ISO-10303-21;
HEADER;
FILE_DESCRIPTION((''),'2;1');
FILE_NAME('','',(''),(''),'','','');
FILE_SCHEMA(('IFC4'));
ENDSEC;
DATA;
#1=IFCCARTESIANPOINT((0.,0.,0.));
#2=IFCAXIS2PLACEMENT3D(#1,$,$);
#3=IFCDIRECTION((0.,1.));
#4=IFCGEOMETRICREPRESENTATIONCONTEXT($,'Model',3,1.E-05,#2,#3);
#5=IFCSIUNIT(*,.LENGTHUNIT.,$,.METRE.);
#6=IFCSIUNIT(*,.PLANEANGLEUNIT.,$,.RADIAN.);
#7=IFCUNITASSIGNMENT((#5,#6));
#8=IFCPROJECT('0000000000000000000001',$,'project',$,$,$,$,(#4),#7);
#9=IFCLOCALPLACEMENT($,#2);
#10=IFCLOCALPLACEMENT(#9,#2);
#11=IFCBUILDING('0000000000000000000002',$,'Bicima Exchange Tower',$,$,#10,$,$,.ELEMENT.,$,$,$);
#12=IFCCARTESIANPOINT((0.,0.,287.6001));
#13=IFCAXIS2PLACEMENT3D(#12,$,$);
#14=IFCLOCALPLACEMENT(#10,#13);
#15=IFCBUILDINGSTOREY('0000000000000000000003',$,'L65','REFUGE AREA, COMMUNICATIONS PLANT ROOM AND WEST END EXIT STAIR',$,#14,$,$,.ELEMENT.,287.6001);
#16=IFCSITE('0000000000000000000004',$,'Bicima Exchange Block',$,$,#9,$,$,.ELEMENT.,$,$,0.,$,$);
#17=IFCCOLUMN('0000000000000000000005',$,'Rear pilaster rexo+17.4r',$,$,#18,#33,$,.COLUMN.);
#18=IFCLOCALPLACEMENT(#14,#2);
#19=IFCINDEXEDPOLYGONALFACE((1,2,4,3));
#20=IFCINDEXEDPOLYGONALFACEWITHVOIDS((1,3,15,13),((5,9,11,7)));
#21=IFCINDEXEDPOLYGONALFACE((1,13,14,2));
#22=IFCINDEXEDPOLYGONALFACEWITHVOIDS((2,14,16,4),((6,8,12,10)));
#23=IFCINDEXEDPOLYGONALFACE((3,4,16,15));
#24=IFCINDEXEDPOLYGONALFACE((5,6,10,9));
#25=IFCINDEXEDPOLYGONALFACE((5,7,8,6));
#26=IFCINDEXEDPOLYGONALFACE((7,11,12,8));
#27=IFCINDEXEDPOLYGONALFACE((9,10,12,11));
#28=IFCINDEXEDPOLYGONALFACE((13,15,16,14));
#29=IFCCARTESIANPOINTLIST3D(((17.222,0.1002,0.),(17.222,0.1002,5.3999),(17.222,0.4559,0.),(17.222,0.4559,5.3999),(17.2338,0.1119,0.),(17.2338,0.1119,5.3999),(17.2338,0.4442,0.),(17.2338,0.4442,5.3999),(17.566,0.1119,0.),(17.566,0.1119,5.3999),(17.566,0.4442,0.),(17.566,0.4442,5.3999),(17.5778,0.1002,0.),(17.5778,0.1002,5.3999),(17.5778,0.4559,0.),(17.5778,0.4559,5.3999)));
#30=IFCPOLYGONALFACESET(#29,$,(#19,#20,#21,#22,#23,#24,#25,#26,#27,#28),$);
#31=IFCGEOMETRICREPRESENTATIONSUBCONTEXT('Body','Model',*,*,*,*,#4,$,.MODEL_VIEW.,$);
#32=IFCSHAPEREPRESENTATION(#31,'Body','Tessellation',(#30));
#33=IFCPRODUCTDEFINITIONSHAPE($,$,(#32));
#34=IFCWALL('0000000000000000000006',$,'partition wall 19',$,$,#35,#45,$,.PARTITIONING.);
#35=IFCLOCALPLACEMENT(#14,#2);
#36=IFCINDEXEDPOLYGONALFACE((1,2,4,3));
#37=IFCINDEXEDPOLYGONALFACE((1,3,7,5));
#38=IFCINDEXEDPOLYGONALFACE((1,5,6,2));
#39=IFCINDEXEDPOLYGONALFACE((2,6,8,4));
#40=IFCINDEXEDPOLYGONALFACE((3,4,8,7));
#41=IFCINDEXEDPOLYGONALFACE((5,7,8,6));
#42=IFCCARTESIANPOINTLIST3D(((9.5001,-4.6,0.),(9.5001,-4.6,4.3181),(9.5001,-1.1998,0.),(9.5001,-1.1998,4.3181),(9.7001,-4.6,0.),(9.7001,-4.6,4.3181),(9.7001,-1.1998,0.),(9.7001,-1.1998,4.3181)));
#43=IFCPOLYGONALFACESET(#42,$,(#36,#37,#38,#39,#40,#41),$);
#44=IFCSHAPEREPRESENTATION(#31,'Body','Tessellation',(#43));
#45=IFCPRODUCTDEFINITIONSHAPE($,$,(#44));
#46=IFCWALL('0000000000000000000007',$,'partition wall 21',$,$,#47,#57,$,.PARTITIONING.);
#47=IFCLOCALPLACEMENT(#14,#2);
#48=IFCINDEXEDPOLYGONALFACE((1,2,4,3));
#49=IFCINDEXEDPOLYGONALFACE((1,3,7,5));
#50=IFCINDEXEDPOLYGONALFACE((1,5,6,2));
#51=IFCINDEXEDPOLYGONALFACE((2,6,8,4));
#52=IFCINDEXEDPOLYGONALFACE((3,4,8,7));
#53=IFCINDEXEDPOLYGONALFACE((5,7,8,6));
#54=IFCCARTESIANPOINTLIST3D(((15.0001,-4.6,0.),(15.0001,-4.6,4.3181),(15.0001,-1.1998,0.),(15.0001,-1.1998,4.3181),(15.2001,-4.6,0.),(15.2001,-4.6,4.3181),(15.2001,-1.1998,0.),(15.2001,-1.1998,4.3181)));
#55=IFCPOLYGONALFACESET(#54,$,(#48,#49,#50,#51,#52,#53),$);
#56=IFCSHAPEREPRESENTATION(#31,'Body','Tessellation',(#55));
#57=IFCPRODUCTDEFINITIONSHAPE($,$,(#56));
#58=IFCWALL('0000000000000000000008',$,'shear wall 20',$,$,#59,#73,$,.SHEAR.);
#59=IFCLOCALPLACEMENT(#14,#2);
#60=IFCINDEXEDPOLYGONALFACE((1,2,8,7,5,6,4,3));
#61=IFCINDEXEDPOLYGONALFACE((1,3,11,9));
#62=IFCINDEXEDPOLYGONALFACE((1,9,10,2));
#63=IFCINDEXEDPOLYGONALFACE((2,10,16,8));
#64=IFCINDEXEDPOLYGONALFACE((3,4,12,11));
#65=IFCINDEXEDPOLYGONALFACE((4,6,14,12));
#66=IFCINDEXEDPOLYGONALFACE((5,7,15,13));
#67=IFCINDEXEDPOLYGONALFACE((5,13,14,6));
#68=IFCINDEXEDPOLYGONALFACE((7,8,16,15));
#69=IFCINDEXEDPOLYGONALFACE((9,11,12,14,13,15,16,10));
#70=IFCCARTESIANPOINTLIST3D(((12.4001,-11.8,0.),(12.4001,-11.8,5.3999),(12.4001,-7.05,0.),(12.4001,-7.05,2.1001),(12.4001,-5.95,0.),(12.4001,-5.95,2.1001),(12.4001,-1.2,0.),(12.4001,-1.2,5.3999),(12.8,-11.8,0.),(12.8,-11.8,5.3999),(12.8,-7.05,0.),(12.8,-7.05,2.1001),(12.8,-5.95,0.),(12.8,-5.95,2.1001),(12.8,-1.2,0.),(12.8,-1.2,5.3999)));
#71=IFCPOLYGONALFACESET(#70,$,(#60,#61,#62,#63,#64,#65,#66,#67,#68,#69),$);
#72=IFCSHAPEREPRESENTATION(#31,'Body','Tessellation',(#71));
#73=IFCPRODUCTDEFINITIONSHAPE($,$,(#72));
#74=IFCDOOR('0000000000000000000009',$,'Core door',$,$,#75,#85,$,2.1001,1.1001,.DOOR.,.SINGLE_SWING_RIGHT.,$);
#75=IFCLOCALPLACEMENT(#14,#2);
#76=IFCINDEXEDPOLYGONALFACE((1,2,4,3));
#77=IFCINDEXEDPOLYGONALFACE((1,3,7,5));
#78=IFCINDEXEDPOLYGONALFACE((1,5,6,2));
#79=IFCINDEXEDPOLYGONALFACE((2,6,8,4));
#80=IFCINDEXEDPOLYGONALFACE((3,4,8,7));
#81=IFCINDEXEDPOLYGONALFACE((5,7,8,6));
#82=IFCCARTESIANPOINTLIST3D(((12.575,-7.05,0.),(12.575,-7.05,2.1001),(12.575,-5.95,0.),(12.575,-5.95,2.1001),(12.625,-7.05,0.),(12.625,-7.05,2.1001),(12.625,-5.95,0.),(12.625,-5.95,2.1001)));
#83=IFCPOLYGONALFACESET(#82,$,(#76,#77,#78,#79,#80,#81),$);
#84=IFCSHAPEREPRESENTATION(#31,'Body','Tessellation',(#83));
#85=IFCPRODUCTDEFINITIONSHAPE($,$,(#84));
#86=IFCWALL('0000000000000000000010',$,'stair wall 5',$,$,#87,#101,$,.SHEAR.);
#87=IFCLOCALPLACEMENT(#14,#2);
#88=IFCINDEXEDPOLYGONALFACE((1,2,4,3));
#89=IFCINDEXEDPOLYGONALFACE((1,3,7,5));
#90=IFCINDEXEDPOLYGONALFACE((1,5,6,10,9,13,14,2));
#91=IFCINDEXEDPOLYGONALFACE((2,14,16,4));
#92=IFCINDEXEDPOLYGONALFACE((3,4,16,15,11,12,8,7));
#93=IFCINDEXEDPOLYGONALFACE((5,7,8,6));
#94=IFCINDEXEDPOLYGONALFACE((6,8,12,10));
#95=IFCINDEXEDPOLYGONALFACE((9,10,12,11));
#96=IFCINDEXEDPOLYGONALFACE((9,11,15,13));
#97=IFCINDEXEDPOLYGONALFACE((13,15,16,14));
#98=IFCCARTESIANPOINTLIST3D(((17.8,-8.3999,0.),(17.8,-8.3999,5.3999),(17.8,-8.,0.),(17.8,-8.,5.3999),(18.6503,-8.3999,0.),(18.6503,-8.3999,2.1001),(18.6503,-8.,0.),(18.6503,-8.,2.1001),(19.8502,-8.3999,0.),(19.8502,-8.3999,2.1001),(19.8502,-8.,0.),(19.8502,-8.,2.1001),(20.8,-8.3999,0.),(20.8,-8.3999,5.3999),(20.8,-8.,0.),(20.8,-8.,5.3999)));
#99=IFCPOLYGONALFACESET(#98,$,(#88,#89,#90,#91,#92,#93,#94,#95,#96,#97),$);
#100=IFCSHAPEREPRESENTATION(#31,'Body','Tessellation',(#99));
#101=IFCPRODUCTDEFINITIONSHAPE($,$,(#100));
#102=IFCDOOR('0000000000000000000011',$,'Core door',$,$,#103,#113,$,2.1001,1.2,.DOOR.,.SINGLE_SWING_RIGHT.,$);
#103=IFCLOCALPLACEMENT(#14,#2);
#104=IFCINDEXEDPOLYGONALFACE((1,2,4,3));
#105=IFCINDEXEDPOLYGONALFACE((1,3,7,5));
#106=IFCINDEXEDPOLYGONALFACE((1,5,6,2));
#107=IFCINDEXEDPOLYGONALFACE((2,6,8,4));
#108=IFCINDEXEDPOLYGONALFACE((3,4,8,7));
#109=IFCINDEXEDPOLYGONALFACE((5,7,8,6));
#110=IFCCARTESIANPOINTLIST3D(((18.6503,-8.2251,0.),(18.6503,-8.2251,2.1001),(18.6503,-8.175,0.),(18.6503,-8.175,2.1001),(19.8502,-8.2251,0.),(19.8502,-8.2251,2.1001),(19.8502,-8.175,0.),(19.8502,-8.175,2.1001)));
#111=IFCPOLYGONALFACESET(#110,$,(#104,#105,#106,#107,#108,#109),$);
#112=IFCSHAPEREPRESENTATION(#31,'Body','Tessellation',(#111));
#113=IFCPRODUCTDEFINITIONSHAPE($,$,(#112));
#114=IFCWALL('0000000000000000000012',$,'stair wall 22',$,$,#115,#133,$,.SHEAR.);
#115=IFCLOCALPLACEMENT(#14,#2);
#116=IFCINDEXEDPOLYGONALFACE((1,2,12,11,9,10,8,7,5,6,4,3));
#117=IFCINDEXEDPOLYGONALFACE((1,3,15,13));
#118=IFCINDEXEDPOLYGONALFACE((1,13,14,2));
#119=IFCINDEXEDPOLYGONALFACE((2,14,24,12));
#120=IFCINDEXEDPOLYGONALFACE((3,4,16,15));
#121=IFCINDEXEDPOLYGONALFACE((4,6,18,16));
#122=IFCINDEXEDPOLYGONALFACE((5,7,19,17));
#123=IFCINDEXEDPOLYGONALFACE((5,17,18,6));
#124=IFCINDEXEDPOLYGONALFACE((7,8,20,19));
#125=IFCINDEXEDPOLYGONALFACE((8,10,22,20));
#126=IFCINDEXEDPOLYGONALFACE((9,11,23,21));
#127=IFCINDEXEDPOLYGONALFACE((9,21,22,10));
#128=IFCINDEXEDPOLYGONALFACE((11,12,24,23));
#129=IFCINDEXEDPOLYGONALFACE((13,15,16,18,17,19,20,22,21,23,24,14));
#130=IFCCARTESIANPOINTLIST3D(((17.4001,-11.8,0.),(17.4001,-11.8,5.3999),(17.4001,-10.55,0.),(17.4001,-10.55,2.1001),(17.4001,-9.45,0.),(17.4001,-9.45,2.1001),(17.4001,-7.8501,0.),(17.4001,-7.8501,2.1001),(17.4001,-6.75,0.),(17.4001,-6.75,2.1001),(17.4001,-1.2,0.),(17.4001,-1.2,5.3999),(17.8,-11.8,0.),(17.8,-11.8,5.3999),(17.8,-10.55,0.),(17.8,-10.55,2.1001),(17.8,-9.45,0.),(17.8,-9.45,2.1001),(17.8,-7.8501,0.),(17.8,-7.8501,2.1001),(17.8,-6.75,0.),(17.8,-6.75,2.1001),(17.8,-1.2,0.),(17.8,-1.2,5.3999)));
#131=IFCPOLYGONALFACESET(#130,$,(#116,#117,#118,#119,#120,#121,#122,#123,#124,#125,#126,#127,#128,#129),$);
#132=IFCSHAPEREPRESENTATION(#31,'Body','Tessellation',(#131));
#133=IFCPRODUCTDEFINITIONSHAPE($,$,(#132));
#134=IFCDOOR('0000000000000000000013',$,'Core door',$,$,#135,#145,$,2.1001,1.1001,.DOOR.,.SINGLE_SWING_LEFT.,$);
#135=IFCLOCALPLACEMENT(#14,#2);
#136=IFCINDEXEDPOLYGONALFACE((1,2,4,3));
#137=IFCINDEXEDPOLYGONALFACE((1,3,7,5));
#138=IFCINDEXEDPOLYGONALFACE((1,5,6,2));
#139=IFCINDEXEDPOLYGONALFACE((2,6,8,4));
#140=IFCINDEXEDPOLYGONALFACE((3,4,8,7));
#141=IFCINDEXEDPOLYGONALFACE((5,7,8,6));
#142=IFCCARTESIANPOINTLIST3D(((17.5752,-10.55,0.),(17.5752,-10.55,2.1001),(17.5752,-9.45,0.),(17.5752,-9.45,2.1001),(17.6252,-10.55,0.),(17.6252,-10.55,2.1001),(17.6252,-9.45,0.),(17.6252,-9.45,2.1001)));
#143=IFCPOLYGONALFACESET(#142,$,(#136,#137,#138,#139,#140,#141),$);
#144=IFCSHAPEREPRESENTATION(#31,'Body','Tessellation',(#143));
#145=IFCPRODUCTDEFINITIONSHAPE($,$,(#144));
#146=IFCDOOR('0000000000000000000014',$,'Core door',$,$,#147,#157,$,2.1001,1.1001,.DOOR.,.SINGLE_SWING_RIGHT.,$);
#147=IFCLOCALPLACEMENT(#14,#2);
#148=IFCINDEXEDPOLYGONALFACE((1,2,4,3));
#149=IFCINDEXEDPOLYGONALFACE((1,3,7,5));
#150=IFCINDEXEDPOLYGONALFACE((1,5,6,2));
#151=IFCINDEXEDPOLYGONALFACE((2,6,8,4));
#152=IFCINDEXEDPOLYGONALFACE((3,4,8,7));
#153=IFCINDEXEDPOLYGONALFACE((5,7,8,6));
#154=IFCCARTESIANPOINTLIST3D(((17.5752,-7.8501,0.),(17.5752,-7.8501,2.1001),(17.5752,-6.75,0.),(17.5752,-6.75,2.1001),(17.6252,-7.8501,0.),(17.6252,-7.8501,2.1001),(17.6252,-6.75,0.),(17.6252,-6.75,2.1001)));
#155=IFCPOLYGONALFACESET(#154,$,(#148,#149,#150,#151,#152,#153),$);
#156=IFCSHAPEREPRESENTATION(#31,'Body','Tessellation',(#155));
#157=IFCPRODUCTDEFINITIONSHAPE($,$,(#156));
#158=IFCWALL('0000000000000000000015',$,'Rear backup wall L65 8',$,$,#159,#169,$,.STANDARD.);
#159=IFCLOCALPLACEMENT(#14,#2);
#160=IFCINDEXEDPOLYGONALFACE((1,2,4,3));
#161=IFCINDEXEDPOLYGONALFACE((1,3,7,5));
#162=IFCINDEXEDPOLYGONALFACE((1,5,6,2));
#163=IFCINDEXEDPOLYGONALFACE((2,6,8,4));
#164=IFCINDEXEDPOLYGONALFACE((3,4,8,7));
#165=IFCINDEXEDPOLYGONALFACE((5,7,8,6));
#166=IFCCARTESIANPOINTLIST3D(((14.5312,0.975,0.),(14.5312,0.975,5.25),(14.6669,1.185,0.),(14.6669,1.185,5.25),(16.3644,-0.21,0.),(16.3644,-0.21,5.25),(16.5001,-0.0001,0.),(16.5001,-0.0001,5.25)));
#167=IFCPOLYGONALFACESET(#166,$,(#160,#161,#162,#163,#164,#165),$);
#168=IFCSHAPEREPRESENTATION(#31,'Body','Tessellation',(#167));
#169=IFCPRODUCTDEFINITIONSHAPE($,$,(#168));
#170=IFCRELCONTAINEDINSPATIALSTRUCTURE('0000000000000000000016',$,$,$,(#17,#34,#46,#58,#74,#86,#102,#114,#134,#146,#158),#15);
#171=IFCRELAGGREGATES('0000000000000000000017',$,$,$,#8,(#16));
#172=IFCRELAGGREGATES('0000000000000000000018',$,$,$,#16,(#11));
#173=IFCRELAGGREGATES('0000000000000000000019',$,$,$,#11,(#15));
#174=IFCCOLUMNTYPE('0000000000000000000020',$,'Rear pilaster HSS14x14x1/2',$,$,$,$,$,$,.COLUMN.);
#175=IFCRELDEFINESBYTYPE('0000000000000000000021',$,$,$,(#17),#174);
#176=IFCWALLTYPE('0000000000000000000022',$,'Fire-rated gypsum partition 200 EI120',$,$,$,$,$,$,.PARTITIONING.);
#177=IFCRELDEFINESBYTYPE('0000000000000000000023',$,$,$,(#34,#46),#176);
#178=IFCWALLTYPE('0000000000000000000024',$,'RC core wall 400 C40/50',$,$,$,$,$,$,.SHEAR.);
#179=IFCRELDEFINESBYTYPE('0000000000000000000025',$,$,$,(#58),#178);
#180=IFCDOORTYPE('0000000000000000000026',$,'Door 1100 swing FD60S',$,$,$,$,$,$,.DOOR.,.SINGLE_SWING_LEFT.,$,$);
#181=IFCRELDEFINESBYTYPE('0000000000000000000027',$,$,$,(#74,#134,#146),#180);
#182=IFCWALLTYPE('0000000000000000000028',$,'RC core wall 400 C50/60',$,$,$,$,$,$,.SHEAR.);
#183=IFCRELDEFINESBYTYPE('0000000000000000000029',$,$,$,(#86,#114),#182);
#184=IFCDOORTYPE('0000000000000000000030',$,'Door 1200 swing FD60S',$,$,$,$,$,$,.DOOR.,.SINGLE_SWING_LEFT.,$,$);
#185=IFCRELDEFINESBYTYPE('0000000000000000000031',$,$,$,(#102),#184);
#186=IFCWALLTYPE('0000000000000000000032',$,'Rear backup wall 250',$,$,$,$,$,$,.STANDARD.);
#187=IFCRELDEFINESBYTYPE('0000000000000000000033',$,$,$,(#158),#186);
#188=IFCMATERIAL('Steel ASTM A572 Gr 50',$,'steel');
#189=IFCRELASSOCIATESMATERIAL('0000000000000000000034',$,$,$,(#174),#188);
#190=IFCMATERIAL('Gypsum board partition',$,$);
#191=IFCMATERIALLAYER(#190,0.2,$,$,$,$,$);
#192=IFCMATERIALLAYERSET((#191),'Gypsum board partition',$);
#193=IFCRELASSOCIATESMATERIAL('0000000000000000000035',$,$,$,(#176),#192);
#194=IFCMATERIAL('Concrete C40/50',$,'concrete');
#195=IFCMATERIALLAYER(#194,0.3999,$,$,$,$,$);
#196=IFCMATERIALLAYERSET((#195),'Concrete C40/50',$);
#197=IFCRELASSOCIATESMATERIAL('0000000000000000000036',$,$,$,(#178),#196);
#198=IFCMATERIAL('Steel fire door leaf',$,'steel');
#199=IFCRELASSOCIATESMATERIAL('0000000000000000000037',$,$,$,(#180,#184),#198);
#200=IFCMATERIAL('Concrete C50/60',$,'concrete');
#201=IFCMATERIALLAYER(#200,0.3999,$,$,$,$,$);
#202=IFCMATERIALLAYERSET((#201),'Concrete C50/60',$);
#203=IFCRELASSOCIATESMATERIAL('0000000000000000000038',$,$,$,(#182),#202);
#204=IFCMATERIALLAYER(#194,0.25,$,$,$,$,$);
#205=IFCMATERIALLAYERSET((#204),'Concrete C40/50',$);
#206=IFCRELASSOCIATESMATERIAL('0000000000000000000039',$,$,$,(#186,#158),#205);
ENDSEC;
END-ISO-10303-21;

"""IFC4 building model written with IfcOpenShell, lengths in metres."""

from ifc_helpers import new_model, si_unit, direction, frame, frame_2d, origin, origin_2d, place, context, subcontext, project, spatial, rectangle, hollow_rectangle, extrude, material, layer, layer_set, layer_usage, material_profile, profile_set, type_object, element, fill, save


model = new_model("IFC4")

# Units and contexts
model_context = context("Model", 3, precision=1e-05, world=origin(), true_north=direction((0.0, 1.0)))
body_context = subcontext(model_context, "Body", "Model", "MODEL_VIEW")
ifc_project = project(units=[si_unit("LENGTHUNIT", "METRE"), si_unit("PLANEANGLEUNIT", "RADIAN")], contexts=[model_context])

# Site, building, storey
site_placement = place(None, origin())
site = spatial("IfcSite", under=ifc_project, at=site_placement, Name="Bicima Exchange Block", CompositionType="ELEMENT", RefElevation=0.0)
building_placement = place(site_placement, origin())
building = spatial("IfcBuilding", under=site, at=building_placement, Name="Bicima Exchange Tower", CompositionType="ELEMENT")
storey_placement = place(building_placement, frame((0.0, 0.0, 287.6001)))
storey = spatial("IfcBuildingStorey", under=building, at=storey_placement, Name="L65", Description="REFUGE AREA, COMMUNICATIONS PLANT ROOM AND WEST END EXIT STAIR", CompositionType="ELEMENT", Elevation=287.6001)

# Column
ifc_material_1 = material(Name="Steel ASTM A572 Gr 50", Category="steel")
ifc_material_profile = material_profile(ifc_material_1, hollow_rectangle(XDim=0.3557, YDim=0.3557, WallThickness=0.0117, at=origin_2d()))
ifc_profile_set = profile_set([ifc_material_profile], Name="Steel ASTM A572 Gr 50")
column_type = type_object("IfcColumnType", Name="Rear pilaster HSS14x14x1/2", PredefinedType="COLUMN", material=ifc_profile_set)
column_placement = place(storey_placement, frame((17.3999, 0.2781, 0.0), z_axis=(0.0, 0.0, 1.0), x_axis=(1.0, 0.0, 0.0)))
element("IfcColumn", 1, at=column_placement, inside=storey, type_object=column_type, Name="Rear pilaster rexo+17.4r", PredefinedType="COLUMN", context=body_context, shape_type="SweptSolid", body=[
    extrude(hollow_rectangle(XDim=0.3557, YDim=0.3557, WallThickness=0.0117, at=origin_2d()), origin(), (0.0, 0.0, 1.0), 5.3999),
])

# Walls
ifc_material_2 = material(Name="Gypsum board partition")
ifc_layer_1 = layer(ifc_material_2, 0.2)
ifc_layer_set_1 = layer_set([ifc_layer_1], Name="Gypsum board partition")
wall_type_1 = type_object("IfcWallType", Name="Fire-rated gypsum partition 200 EI120", PredefinedType="PARTITIONING", material=ifc_layer_set_1)
for number, where, z_axis, x_axis, name in (
    (2, (9.6001, -4.6001, 0.0), (0.0, 0.0, 1.0), (0.0, 1.0, 0.0), "partition wall 19"),
    (3, (15.1001, -4.6001, 0.0), (0.0, 0.0, 1.0), (0.0, 1.0, 0.0), "partition wall 21"),
):
    element("IfcWall", number, at=place(storey_placement, frame(where, z_axis=z_axis, x_axis=x_axis)), inside=storey, type_object=wall_type_1, Name=name, PredefinedType="PARTITIONING", context=body_context, shape_type="SweptSolid", body=[
        extrude(rectangle(XDim=3.4001, YDim=0.2, at=frame_2d((1.7002, 0.0))), origin(), (0.0, 0.0, 1.0), 4.3181),
    ])

# Walls, openings, doors
ifc_material_3 = material(Name="Concrete C40/50", Category="concrete")
ifc_layer_2 = layer(ifc_material_3, 0.3999)
ifc_layer_set_2 = layer_set([ifc_layer_2], Name="Concrete C40/50")
wall_type_2 = type_object("IfcWallType", Name="RC core wall 400 C40/50", PredefinedType="SHEAR", material=ifc_layer_set_2)
wall_1_placement = place(storey_placement, frame((12.6001, -11.8, 0.0), z_axis=(0.0, 0.0, 1.0), x_axis=(0.0, 1.0, 0.0)))
wall_1 = element("IfcWall", 4, at=wall_1_placement, inside=storey, type_object=wall_type_2, Name="shear wall 20", PredefinedType="SHEAR", context=body_context, shape_type="SweptSolid", body=[
    extrude(rectangle(XDim=10.6001, YDim=0.3999, at=frame_2d((5.3, 0.0))), origin(), (0.0, 0.0, 1.0), 5.3999),
])
opening_1_placement = place(wall_1_placement, frame((4.75, 0.0, 0.0)))
opening_1 = element("IfcOpeningElement", 5, at=opening_1_placement, cuts=wall_1, PredefinedType="OPENING", context=body_context, shape_type="SweptSolid", body=[
    extrude(rectangle(XDim=1.1001, YDim=2.1001, at=frame_2d((0.55, 1.05))), frame((0.0, 0.2119, 0.0), z_axis=(0.0, -1.0, 0.0), x_axis=(1.0, 0.0, 0.0)), (0.0, 0.0, 1.0), 0.4238),
])
ifc_material_4 = material(Name="Steel fire door leaf", Category="steel")
door_type_1 = type_object("IfcDoorType", Name="Door 1100 swing FD60S", OperationType="SINGLE_SWING_LEFT", PredefinedType="DOOR", material=ifc_material_4)
door_1_placement = place(opening_1_placement, frame((1.1001, 0.0, 0.0), z_axis=(0.0, 0.0, 1.0), x_axis=(-1.0, 0.0, 0.0)))
door_1 = element("IfcDoor", 6, at=door_1_placement, inside=storey, type_object=door_type_1, Name="Core door", OperationType="SINGLE_SWING_RIGHT", OverallHeight=2.1001, OverallWidth=1.1001, PredefinedType="DOOR", context=body_context, shape_type="SweptSolid", body=[
    extrude(rectangle(XDim=1.1001, YDim=2.1001, at=frame_2d((0.55, 1.05))), frame((0.0, 0.0249, 0.0), z_axis=(0.0, -1.0, 0.0), x_axis=(1.0, 0.0, 0.0)), (0.0, 0.0, 1.0), 0.05),
])
fill(opening_1, door_1)
ifc_material_5 = material(Name="Concrete C50/60", Category="concrete")
ifc_layer_3 = layer(ifc_material_5, 0.3999)
ifc_layer_set_3 = layer_set([ifc_layer_3], Name="Concrete C50/60")
wall_type_3 = type_object("IfcWallType", Name="RC core wall 400 C50/60", PredefinedType="SHEAR", material=ifc_layer_set_3)
wall_2_placement = place(storey_placement, frame((17.8, -8.2, 0.0), z_axis=(0.0, 0.0, 1.0), x_axis=(1.0, 0.0, 0.0)))
wall_2 = element("IfcWall", 7, at=wall_2_placement, inside=storey, type_object=wall_type_3, Name="stair wall 5", PredefinedType="SHEAR", context=body_context, shape_type="SweptSolid", body=[
    extrude(rectangle(XDim=3.0, YDim=0.3999, at=frame_2d((1.5, 0.0))), origin(), (0.0, 0.0, 1.0), 5.3999),
])
opening_2_placement = place(wall_2_placement, frame((0.8501, 0.0, 0.0)))
opening_2 = element("IfcOpeningElement", 8, at=opening_2_placement, cuts=wall_2, PredefinedType="OPENING", context=body_context, shape_type="SweptSolid", body=[
    extrude(rectangle(XDim=1.2, YDim=2.1001, at=frame_2d((0.6001, 1.05))), frame((0.0, 0.2119, 0.0), z_axis=(0.0, -1.0, 0.0), x_axis=(1.0, 0.0, 0.0)), (0.0, 0.0, 1.0), 0.4238),
])
door_type_2 = type_object("IfcDoorType", Name="Door 1200 swing FD60S", OperationType="SINGLE_SWING_LEFT", PredefinedType="DOOR", material=ifc_material_4)
door_2_placement = place(opening_2_placement, origin())
door_2 = element("IfcDoor", 9, at=door_2_placement, inside=storey, type_object=door_type_2, Name="Core door", OperationType="SINGLE_SWING_RIGHT", OverallHeight=2.1001, OverallWidth=1.2, PredefinedType="DOOR", context=body_context, shape_type="SweptSolid", body=[
    extrude(rectangle(XDim=1.2, YDim=2.1001, at=frame_2d((0.6001, 1.05))), frame((0.0, 0.0249, 0.0), z_axis=(0.0, -1.0, 0.0), x_axis=(1.0, 0.0, 0.0)), (0.0, 0.0, 1.0), 0.05),
])
fill(opening_2, door_2)

# Wall, openings, doors
wall_3_placement = place(storey_placement, frame((17.6001, -11.8, 0.0), z_axis=(0.0, 0.0, 1.0), x_axis=(0.0, 1.0, 0.0)))
wall_3 = element("IfcWall", 10, at=wall_3_placement, inside=storey, type_object=wall_type_3, Name="stair wall 22", PredefinedType="SHEAR", context=body_context, shape_type="SweptSolid", body=[
    extrude(rectangle(XDim=10.6001, YDim=0.3999, at=frame_2d((5.3, 0.0))), origin(), (0.0, 0.0, 1.0), 5.3999),
])
opening_3_placement = place(wall_3_placement, frame((1.25, 0.0, 0.0)))
opening_3 = element("IfcOpeningElement", 11, at=opening_3_placement, cuts=wall_3, PredefinedType="OPENING", context=body_context, shape_type="SweptSolid", body=[
    extrude(rectangle(XDim=1.1001, YDim=2.1001, at=frame_2d((0.55, 1.05))), frame((0.0, 0.2119, 0.0), z_axis=(0.0, -1.0, 0.0), x_axis=(1.0, 0.0, 0.0)), (0.0, 0.0, 1.0), 0.4238),
])
opening_4_placement = place(wall_3_placement, frame((3.95, 0.0, 0.0)))
opening_4 = element("IfcOpeningElement", 12, at=opening_4_placement, cuts=wall_3, PredefinedType="OPENING", context=body_context, shape_type="SweptSolid", body=[
    extrude(rectangle(XDim=1.1001, YDim=2.1001, at=frame_2d((0.55, 1.05))), frame((0.0, 0.2119, 0.0), z_axis=(0.0, -1.0, 0.0), x_axis=(1.0, 0.0, 0.0)), (0.0, 0.0, 1.0), 0.4238),
])
door_3_placement = place(opening_3_placement, origin())
door_3 = element("IfcDoor", 13, at=door_3_placement, inside=storey, type_object=door_type_1, Name="Core door", OperationType="SINGLE_SWING_LEFT", OverallHeight=2.1001, OverallWidth=1.1001, PredefinedType="DOOR", context=body_context, shape_type="SweptSolid", body=[
    extrude(rectangle(XDim=1.1001, YDim=2.1001, at=frame_2d((0.55, 1.05))), frame((0.0, 0.0249, 0.0), z_axis=(0.0, -1.0, 0.0), x_axis=(1.0, 0.0, 0.0)), (0.0, 0.0, 1.0), 0.05),
])
fill(opening_3, door_3)
door_4_placement = place(opening_4_placement, origin())
door_4 = element("IfcDoor", 14, at=door_4_placement, inside=storey, type_object=door_type_1, Name="Core door", OperationType="SINGLE_SWING_RIGHT", OverallHeight=2.1001, OverallWidth=1.1001, PredefinedType="DOOR", context=body_context, shape_type="SweptSolid", body=[
    extrude(rectangle(XDim=1.1001, YDim=2.1001, at=frame_2d((0.55, 1.05))), frame((0.0, 0.0249, 0.0), z_axis=(0.0, -1.0, 0.0), x_axis=(1.0, 0.0, 0.0)), (0.0, 0.0, 1.0), 0.05),
])
fill(opening_4, door_4)

# Wall
ifc_layer_4 = layer(ifc_material_3, 0.25)
ifc_layer_set_4 = layer_set([ifc_layer_4], Name="Concrete C40/50")
ifc_layer_usage = layer_usage(ifc_layer_set_4, "AXIS2", "POSITIVE", -0.125)
wall_type_4 = type_object("IfcWallType", Name="Rear backup wall 250", PredefinedType="STANDARD", material=ifc_layer_set_4)
wall_4_placement = place(storey_placement, frame((16.4321, -0.105, 0.0), z_axis=(0.0, 0.0, 1.0), x_axis=(-0.839813, 0.542876, 0.0)))
element("IfcWall", 15, at=wall_4_placement, inside=storey, type_object=wall_type_4, material=ifc_layer_usage, Name="Rear backup wall L65 8", PredefinedType="STANDARD", context=body_context, shape_type="SweptSolid", body=[
    extrude(rectangle(XDim=2.1829, YDim=0.25, at=frame_2d((1.0913, 0.0))), origin(), (0.0, 0.0, 1.0), 5.25),
])

save(model, "model.ifc")
